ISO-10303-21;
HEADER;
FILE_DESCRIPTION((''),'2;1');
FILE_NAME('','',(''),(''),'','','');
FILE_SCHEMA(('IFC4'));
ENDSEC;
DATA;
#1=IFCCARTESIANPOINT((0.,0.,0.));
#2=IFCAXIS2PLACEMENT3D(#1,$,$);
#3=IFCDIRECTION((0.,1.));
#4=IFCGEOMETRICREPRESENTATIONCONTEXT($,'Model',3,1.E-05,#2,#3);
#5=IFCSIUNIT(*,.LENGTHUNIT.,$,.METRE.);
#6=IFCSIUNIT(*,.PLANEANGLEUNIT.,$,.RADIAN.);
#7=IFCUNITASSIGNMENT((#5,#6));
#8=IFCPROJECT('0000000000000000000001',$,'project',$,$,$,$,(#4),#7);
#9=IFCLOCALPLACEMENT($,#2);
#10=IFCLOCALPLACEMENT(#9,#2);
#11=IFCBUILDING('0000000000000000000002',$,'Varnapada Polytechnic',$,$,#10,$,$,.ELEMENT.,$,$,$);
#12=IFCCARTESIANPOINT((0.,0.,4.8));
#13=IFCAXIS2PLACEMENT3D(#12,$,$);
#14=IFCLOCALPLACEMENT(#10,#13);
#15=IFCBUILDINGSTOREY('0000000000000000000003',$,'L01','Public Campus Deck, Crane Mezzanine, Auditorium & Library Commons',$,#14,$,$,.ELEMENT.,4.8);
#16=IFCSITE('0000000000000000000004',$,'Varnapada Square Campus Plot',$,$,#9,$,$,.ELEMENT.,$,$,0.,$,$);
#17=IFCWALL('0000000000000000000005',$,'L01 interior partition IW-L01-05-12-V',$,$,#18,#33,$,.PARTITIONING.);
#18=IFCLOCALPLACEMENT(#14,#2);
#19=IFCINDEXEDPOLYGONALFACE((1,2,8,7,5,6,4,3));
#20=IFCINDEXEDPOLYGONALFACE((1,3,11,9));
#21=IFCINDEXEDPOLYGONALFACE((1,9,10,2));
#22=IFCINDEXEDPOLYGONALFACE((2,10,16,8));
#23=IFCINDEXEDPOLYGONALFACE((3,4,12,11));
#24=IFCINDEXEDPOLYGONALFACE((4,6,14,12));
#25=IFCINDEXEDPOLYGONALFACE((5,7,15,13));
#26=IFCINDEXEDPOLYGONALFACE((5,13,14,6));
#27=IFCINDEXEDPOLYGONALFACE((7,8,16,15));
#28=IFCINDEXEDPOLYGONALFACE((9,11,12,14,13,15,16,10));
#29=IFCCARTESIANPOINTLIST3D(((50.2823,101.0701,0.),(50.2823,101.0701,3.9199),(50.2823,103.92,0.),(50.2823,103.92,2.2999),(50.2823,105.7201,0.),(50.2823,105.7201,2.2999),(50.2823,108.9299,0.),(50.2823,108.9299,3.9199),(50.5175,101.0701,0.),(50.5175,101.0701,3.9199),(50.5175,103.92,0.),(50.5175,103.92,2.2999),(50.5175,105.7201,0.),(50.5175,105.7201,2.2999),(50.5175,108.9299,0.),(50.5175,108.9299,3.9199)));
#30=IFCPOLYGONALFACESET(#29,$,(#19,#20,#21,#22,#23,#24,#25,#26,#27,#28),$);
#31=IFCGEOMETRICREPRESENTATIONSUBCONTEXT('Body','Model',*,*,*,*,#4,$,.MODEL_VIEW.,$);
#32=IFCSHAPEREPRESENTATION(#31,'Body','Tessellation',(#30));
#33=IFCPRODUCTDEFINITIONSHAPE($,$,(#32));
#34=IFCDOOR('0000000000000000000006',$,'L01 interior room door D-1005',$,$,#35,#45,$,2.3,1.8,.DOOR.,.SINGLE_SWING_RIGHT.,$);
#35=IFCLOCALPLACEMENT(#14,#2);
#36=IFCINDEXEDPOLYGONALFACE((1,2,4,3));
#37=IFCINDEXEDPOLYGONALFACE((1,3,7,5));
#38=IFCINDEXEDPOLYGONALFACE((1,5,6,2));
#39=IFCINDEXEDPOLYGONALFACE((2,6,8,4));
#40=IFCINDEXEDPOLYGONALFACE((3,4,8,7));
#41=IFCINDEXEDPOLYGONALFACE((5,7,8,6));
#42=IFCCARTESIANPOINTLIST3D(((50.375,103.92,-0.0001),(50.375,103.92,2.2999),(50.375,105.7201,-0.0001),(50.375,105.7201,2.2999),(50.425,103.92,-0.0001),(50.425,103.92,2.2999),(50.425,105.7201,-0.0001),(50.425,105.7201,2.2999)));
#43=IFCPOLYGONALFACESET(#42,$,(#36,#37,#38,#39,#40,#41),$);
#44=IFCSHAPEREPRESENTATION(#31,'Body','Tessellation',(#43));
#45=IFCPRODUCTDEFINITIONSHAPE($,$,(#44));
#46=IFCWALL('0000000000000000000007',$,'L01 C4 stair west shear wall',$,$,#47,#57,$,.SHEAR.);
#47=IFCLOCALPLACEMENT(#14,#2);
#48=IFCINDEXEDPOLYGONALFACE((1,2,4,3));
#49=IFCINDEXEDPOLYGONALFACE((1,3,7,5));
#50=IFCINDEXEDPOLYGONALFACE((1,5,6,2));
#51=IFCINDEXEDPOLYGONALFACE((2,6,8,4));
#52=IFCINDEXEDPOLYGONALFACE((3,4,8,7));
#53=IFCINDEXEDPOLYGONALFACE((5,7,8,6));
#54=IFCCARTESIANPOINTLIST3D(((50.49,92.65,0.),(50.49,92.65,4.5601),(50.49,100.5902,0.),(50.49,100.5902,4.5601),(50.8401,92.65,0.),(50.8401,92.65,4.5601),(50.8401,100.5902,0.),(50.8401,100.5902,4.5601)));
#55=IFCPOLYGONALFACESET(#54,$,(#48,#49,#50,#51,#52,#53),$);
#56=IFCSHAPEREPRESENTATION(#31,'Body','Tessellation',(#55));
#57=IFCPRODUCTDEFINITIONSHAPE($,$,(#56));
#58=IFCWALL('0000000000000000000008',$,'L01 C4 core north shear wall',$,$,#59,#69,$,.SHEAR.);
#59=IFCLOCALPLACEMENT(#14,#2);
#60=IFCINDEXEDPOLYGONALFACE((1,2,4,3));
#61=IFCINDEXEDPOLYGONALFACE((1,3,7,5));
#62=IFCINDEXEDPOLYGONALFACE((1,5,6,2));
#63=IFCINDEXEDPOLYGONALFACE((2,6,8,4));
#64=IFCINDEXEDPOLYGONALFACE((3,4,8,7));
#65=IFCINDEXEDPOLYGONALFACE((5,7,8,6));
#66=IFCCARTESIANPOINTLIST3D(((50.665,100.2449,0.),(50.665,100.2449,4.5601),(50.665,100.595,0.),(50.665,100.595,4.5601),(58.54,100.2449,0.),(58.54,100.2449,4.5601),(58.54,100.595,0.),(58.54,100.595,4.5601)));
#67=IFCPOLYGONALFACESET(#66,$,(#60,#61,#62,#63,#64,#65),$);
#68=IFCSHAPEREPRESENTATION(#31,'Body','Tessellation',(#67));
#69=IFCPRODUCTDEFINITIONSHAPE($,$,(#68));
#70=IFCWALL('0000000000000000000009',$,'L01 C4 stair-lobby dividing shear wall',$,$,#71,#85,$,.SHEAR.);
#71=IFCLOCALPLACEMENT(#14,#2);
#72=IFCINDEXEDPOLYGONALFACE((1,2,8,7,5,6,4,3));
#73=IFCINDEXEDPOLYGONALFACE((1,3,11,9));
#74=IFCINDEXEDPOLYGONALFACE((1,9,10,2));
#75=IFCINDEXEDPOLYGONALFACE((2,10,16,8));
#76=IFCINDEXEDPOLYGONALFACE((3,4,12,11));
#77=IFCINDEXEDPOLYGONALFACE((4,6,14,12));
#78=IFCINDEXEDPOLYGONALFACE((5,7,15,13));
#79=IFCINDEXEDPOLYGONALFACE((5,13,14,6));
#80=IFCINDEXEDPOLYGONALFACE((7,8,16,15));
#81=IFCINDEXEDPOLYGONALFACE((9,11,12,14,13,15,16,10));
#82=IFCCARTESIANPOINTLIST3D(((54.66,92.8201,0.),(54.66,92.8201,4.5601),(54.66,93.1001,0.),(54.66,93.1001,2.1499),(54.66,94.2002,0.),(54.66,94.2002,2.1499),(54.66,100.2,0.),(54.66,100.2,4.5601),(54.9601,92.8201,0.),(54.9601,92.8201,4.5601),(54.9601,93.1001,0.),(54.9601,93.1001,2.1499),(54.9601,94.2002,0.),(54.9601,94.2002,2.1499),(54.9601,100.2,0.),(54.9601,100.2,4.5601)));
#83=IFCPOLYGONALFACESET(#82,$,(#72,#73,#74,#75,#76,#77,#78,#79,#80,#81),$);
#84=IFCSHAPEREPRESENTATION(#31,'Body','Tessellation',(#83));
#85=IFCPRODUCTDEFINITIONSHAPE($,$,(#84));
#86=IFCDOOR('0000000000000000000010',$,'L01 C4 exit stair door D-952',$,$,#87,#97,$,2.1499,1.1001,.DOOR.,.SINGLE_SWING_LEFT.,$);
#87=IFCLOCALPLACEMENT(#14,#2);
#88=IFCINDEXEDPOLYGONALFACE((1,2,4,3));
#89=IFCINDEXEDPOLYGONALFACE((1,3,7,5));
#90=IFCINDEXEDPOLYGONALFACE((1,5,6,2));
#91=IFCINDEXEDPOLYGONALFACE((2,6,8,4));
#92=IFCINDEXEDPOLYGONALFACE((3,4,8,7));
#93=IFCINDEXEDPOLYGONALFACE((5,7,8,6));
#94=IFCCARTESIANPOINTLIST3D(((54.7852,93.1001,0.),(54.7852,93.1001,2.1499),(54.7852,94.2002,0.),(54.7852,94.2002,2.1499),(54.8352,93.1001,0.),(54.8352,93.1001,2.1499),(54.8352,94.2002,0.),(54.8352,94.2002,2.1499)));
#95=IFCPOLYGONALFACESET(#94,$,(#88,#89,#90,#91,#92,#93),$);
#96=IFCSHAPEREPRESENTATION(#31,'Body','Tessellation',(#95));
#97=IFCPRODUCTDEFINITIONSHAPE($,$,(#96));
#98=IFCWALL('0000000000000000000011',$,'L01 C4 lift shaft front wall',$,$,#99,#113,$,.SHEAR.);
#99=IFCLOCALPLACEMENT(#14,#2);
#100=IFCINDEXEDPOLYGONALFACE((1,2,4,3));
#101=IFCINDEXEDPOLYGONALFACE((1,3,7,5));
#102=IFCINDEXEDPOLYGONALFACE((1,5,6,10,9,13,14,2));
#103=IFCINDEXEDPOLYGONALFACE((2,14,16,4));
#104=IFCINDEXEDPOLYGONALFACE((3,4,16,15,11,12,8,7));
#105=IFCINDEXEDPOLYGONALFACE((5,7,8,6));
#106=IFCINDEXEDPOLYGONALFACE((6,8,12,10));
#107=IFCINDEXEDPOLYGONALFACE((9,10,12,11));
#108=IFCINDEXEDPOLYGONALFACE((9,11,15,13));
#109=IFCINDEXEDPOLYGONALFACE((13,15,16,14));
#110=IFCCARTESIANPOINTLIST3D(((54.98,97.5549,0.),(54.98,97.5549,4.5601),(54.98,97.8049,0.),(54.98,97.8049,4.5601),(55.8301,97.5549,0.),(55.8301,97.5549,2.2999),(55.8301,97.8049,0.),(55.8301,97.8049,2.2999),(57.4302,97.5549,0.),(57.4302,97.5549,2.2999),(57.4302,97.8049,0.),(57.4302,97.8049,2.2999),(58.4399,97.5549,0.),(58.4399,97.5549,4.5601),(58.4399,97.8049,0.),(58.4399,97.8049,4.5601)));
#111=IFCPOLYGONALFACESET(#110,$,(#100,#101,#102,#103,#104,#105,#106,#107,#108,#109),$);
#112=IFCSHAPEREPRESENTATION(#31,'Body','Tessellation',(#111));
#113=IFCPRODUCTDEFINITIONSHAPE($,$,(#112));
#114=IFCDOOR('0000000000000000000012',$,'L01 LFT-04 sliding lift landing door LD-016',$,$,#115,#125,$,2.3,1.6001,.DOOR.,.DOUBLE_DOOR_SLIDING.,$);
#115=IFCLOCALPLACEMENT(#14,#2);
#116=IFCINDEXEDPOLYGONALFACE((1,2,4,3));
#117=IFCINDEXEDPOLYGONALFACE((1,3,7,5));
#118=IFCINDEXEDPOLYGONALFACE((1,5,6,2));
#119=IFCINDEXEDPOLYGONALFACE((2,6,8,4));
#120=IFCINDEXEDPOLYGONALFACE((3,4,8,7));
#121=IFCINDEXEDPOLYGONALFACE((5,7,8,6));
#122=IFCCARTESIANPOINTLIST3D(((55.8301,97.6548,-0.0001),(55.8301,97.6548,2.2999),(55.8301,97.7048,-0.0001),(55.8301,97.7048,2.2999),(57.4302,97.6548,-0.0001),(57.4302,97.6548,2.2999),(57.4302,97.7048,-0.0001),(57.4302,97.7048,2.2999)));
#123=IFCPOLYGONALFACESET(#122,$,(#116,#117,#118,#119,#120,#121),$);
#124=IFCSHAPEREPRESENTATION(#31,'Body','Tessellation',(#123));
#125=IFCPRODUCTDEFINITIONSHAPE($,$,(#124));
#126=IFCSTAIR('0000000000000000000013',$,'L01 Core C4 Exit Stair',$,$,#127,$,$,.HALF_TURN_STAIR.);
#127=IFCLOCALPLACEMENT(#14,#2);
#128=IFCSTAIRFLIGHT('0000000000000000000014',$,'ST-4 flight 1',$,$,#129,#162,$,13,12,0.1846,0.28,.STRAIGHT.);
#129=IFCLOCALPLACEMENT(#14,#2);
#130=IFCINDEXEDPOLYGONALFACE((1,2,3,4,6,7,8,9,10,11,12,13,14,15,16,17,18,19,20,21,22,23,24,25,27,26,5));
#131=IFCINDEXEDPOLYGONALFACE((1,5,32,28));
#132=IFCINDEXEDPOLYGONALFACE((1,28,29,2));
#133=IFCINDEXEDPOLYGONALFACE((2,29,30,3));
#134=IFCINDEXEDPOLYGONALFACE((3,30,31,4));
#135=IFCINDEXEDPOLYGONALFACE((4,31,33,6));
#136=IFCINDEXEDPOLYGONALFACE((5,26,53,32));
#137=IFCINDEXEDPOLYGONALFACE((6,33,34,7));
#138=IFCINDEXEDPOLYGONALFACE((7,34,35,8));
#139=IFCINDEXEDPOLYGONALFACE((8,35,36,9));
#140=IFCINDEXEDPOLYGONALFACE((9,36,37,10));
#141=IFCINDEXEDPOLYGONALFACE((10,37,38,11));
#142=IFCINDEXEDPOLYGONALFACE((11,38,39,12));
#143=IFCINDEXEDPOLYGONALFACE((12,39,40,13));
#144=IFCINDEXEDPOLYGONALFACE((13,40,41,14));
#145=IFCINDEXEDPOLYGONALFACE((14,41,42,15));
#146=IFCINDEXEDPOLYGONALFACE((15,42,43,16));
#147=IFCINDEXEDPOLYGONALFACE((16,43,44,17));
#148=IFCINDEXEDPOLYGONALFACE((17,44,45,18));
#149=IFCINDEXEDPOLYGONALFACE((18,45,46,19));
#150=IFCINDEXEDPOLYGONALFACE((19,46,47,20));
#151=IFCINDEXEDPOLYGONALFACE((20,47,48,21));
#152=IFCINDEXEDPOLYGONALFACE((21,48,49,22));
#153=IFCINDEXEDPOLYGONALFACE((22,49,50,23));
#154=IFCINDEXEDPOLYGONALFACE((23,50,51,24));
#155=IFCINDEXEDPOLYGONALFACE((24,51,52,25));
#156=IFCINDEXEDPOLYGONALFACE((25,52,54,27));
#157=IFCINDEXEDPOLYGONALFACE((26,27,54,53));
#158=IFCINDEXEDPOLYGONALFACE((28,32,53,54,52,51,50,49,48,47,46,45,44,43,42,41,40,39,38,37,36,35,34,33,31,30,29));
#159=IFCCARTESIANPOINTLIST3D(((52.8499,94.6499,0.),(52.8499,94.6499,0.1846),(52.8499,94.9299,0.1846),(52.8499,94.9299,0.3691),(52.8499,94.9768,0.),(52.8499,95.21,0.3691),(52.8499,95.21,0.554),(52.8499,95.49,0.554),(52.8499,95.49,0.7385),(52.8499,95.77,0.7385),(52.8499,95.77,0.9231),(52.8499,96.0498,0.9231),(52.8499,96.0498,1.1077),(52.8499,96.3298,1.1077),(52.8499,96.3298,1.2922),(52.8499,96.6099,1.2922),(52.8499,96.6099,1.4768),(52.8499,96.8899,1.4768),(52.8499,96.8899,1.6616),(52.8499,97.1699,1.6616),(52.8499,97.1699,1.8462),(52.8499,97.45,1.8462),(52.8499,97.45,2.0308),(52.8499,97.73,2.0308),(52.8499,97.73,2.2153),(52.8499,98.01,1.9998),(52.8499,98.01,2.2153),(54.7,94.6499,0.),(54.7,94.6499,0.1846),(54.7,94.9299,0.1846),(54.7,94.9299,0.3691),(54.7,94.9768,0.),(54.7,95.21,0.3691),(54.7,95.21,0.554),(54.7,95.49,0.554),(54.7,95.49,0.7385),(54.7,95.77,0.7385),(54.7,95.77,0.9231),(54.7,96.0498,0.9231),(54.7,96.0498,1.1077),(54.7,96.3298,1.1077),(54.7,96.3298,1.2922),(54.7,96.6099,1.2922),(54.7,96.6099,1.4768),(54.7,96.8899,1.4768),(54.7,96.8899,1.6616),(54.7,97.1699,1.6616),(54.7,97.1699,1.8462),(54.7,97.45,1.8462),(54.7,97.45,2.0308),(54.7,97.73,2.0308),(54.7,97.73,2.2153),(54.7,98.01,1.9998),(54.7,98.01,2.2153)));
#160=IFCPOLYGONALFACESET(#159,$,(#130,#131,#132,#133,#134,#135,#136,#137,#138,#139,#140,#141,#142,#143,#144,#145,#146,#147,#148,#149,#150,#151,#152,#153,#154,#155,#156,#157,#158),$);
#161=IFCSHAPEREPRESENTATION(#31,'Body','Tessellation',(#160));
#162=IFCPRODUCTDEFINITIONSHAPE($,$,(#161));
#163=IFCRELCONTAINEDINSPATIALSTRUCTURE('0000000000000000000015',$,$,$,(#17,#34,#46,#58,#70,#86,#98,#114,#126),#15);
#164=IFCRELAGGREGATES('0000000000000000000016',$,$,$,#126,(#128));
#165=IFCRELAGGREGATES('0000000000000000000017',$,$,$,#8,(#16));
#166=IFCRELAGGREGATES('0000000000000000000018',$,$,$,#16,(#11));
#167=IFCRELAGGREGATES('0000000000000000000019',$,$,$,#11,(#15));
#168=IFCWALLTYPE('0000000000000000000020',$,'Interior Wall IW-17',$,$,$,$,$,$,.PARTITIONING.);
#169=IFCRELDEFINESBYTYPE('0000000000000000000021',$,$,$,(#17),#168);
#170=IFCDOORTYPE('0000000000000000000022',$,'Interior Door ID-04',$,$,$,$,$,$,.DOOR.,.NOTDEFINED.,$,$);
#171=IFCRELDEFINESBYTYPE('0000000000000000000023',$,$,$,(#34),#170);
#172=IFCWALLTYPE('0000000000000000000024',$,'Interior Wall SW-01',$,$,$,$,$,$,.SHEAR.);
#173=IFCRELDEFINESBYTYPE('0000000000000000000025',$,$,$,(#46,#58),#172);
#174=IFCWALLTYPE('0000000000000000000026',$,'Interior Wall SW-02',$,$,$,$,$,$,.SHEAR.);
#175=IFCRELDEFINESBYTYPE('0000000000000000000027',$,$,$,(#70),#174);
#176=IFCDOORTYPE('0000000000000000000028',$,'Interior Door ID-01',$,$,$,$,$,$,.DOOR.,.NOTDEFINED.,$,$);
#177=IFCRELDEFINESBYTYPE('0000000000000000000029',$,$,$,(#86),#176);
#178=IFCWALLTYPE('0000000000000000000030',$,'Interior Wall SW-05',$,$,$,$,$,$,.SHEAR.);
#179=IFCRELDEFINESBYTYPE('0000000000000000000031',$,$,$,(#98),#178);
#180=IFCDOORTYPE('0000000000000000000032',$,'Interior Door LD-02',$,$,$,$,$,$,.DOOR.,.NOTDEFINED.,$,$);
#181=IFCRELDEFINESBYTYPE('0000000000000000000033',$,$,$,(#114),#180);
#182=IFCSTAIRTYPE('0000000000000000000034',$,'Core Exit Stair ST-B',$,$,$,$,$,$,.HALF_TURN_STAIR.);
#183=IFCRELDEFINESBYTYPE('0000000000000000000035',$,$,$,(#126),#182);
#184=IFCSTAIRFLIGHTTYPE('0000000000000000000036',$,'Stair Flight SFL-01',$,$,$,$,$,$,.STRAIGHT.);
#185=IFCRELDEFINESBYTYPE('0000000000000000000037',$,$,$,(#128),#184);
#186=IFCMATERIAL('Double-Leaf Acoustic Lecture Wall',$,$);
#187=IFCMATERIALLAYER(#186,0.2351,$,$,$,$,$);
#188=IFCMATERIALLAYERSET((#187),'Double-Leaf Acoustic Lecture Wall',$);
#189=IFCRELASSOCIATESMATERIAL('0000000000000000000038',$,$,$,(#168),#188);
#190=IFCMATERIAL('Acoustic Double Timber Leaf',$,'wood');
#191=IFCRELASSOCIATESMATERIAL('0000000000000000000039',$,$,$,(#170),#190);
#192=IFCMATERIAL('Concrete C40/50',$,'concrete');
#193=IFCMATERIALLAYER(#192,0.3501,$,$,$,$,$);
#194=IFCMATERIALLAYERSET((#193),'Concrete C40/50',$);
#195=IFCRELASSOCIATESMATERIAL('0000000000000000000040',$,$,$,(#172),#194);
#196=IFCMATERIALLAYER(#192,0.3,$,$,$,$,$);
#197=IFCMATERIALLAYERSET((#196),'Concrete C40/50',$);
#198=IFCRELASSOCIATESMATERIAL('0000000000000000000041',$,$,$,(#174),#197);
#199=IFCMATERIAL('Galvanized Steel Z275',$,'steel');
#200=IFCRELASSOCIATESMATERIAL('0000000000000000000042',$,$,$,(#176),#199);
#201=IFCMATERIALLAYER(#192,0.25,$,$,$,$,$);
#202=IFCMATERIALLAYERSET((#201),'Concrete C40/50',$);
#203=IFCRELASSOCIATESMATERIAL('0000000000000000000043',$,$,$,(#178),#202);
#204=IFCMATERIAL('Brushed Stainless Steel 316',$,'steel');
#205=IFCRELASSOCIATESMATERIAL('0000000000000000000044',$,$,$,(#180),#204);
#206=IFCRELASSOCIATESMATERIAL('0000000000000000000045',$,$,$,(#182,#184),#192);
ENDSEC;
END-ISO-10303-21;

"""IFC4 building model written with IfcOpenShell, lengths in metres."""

from ifc_helpers import new_model, si_unit, direction, frame, frame_2d, origin, place, context, subcontext, project, spatial, polyline, rectangle, outline, extrude, material, layer, layer_set, type_object, element, fill, aggregate, save


model = new_model("IFC4")

# Units and contexts
model_context = context("Model", 3, precision=1e-05, world=origin(), true_north=direction((0.0, 1.0)))
body_context = subcontext(model_context, "Body", "Model", "MODEL_VIEW")
ifc_project = project(units=[si_unit("LENGTHUNIT", "METRE"), si_unit("PLANEANGLEUNIT", "RADIAN")], contexts=[model_context])

# Site, building, storey
site_placement = place(None, origin())
site = spatial("IfcSite", under=ifc_project, at=site_placement, Name="Varnapada Square Campus Plot", CompositionType="ELEMENT", RefElevation=0.0)
building_placement = place(site_placement, origin())
building = spatial("IfcBuilding", under=site, at=building_placement, Name="Varnapada Polytechnic", CompositionType="ELEMENT")
storey_placement = place(building_placement, frame((0.0, 0.0, 4.8)))
storey = spatial("IfcBuildingStorey", under=building, at=storey_placement, Name="L01", Description="Public Campus Deck, Crane Mezzanine, Auditorium & Library Commons", CompositionType="ELEMENT", Elevation=4.8)

# Wall, opening, door
ifc_material_1 = material(Name="Double-Leaf Acoustic Lecture Wall")
ifc_layer_1 = layer(ifc_material_1, 0.2351)
ifc_layer_set_1 = layer_set([ifc_layer_1], Name="Double-Leaf Acoustic Lecture Wall")
wall_type_1 = type_object("IfcWallType", Name="Interior Wall IW-17", PredefinedType="PARTITIONING", material=ifc_layer_set_1)
wall_1_placement = place(storey_placement, frame((50.3999, 101.0701, 0.0), z_axis=(0.0, 0.0, 1.0), x_axis=(0.0, 1.0, 0.0)))
wall_1 = element("IfcWall", 1, at=wall_1_placement, inside=storey, type_object=wall_type_1, Name="L01 interior partition IW-L01-05-12-V", PredefinedType="PARTITIONING", context=body_context, shape_type="SweptSolid", body=[
    extrude(rectangle(XDim=7.8599, YDim=0.2351, at=frame_2d((3.9299, 0.0))), origin(), (0.0, 0.0, 1.0), 3.9199),
])
opening_1_placement = place(wall_1_placement, frame((2.8501, 0.0, 0.0)))
opening_1 = element("IfcOpeningElement", 2, at=opening_1_placement, cuts=wall_1, PredefinedType="OPENING", context=body_context, shape_type="SweptSolid", body=[
    extrude(rectangle(XDim=1.8, YDim=2.3, at=frame_2d((0.8999, 1.1499))), frame((0.0, 0.1274, 0.0), z_axis=(0.0, -1.0, 0.0), x_axis=(1.0, 0.0, 0.0)), (0.0, 0.0, 1.0), 0.2551),
])
ifc_material_2 = material(Name="Acoustic Double Timber Leaf", Category="wood")
door_type_1 = type_object("IfcDoorType", Name="Interior Door ID-04", OperationType="NOTDEFINED", PredefinedType="DOOR", material=ifc_material_2)
door_1_placement = place(opening_1_placement, origin())
door_1 = element("IfcDoor", 3, at=door_1_placement, inside=storey, type_object=door_type_1, Name="L01 interior room door D-1005", OperationType="SINGLE_SWING_RIGHT", OverallHeight=2.3, OverallWidth=1.8, PredefinedType="DOOR", context=body_context, shape_type="SweptSolid", body=[
    extrude(rectangle(XDim=1.8, YDim=2.3, at=frame_2d((0.8999, 1.1499))), frame((0.0, 0.0249, 0.0), z_axis=(0.0, -1.0, 0.0), x_axis=(1.0, 0.0, 0.0)), (0.0, 0.0, 1.0), 0.05),
])
fill(opening_1, door_1)

# Walls
ifc_material_3 = material(Name="Concrete C40/50", Category="concrete")
ifc_layer_2 = layer(ifc_material_3, 0.3501)
ifc_layer_set_2 = layer_set([ifc_layer_2], Name="Concrete C40/50")
wall_type_2 = type_object("IfcWallType", Name="Interior Wall SW-01", PredefinedType="SHEAR", material=ifc_layer_set_2)
wall_2_placement = place(storey_placement, frame((50.665, 92.6499, 0.0), z_axis=(0.0, 0.0, 1.0), x_axis=(0.0, 1.0, 0.0)))
element("IfcWall", 4, at=wall_2_placement, inside=storey, type_object=wall_type_2, Name="L01 C4 stair west shear wall", PredefinedType="SHEAR", context=body_context, shape_type="SweptSolid", body=[
    extrude(rectangle(XDim=7.9402, YDim=0.3501, at=frame_2d((3.9702, 0.0))), origin(), (0.0, 0.0, 1.0), 4.5601),
])
wall_3_placement = place(storey_placement, frame((50.665, 100.4199, 0.0), z_axis=(0.0, 0.0, 1.0), x_axis=(1.0, 0.0, 0.0)))
element("IfcWall", 5, at=wall_3_placement, inside=storey, type_object=wall_type_2, Name="L01 C4 core north shear wall", PredefinedType="SHEAR", context=body_context, shape_type="SweptSolid", body=[
    extrude(rectangle(XDim=7.875, YDim=0.3501, at=frame_2d((3.9375, 0.0))), origin(), (0.0, 0.0, 1.0), 4.5601),
])

# Walls, openings, doors
ifc_layer_3 = layer(ifc_material_3, 0.3)
ifc_layer_set_3 = layer_set([ifc_layer_3], Name="Concrete C40/50")
wall_type_3 = type_object("IfcWallType", Name="Interior Wall SW-02", PredefinedType="SHEAR", material=ifc_layer_set_3)
wall_4_placement = place(storey_placement, frame((54.8101, 92.8201, 0.0), z_axis=(0.0, 0.0, 1.0), x_axis=(0.0, 1.0, 0.0)))
wall_4 = element("IfcWall", 6, at=wall_4_placement, inside=storey, type_object=wall_type_3, Name="L01 C4 stair-lobby dividing shear wall", PredefinedType="SHEAR", context=body_context, shape_type="SweptSolid", body=[
    extrude(rectangle(XDim=7.3799, YDim=0.3, at=frame_2d((3.6899, 0.0))), origin(), (0.0, 0.0, 1.0), 4.5601),
])
opening_2_placement = place(wall_4_placement, frame((0.28, 0.0, 0.0)))
opening_2 = element("IfcOpeningElement", 7, at=opening_2_placement, cuts=wall_4, PredefinedType="OPENING", context=body_context, shape_type="SweptSolid", body=[
    extrude(rectangle(XDim=1.1001, YDim=2.1499, at=frame_2d((0.55, 1.075))), frame((0.0, 0.1599, 0.0), z_axis=(0.0, -1.0, 0.0), x_axis=(1.0, 0.0, 0.0)), (0.0, 0.0, 1.0), 0.3201),
])
ifc_material_4 = material(Name="Galvanized Steel Z275", Category="steel")
door_type_2 = type_object("IfcDoorType", Name="Interior Door ID-01", OperationType="NOTDEFINED", PredefinedType="DOOR", material=ifc_material_4)
door_2_placement = place(opening_2_placement, origin())
door_2 = element("IfcDoor", 8, at=door_2_placement, inside=storey, type_object=door_type_2, Name="L01 C4 exit stair door D-952", OperationType="SINGLE_SWING_LEFT", OverallHeight=2.1499, OverallWidth=1.1001, PredefinedType="DOOR", context=body_context, shape_type="SweptSolid", body=[
    extrude(rectangle(XDim=1.1001, YDim=2.1499, at=frame_2d((0.55, 1.075))), frame((0.0, 0.0249, 0.0), z_axis=(0.0, -1.0, 0.0), x_axis=(1.0, 0.0, 0.0)), (0.0, 0.0, 1.0), 0.05),
])
fill(opening_2, door_2)
ifc_layer_4 = layer(ifc_material_3, 0.25)
ifc_layer_set_4 = layer_set([ifc_layer_4], Name="Concrete C40/50")
wall_type_4 = type_object("IfcWallType", Name="Interior Wall SW-05", PredefinedType="SHEAR", material=ifc_layer_set_4)
wall_5_placement = place(storey_placement, frame((54.98, 97.6799, 0.0), z_axis=(0.0, 0.0, 1.0), x_axis=(1.0, 0.0, 0.0)))
wall_5 = element("IfcWall", 9, at=wall_5_placement, inside=storey, type_object=wall_type_4, Name="L01 C4 lift shaft front wall", PredefinedType="SHEAR", context=body_context, shape_type="SweptSolid", body=[
    extrude(rectangle(XDim=3.46, YDim=0.25, at=frame_2d((1.73, 0.0))), origin(), (0.0, 0.0, 1.0), 4.5601),
])
opening_3_placement = place(wall_5_placement, frame((0.8501, 0.0, 0.0)))
opening_3 = element("IfcOpeningElement", 10, at=opening_3_placement, cuts=wall_5, PredefinedType="OPENING", context=body_context, shape_type="SweptSolid", body=[
    extrude(rectangle(XDim=1.6001, YDim=2.3, at=frame_2d((0.8, 1.1499))), frame((0.0, 0.135, 0.0), z_axis=(0.0, -1.0, 0.0), x_axis=(1.0, 0.0, 0.0)), (0.0, 0.0, 1.0), 0.27),
])
ifc_material_5 = material(Name="Brushed Stainless Steel 316", Category="steel")
door_type_3 = type_object("IfcDoorType", Name="Interior Door LD-02", OperationType="NOTDEFINED", PredefinedType="DOOR", material=ifc_material_5)
door_3_placement = place(opening_3_placement, origin())
door_3 = element("IfcDoor", 11, at=door_3_placement, inside=storey, type_object=door_type_3, Name="L01 LFT-04 sliding lift landing door LD-016", OperationType="DOUBLE_DOOR_SLIDING", OverallHeight=2.3, OverallWidth=1.6001, PredefinedType="DOOR", context=body_context, shape_type="SweptSolid", body=[
    extrude(rectangle(XDim=1.6001, YDim=2.3, at=frame_2d((0.8, 1.1499))), frame((0.0, 0.0249, 0.0), z_axis=(0.0, -1.0, 0.0), x_axis=(1.0, 0.0, 0.0)), (0.0, 0.0, 1.0), 0.05),
])
fill(opening_3, door_3)

# Stair, stair flight
stair_type = type_object("IfcStairType", Name="Core Exit Stair ST-B", PredefinedType="HALF_TURN_STAIR", material=ifc_material_3)
stair_placement = place(storey_placement, origin())
stair = element("IfcStair", 12, at=stair_placement, inside=storey, type_object=stair_type, Name="L01 Core C4 Exit Stair", PredefinedType="HALF_TURN_STAIR")
stair_flight_type = type_object("IfcStairFlightType", Name="Stair Flight SFL-01", PredefinedType="STRAIGHT", material=ifc_material_3)
stair_flight_1_placement = place(storey_placement, frame((53.7749, 94.6499, 0.0), z_axis=(0.0, 0.0, 1.0), x_axis=(0.0, 1.0, 0.0)))
stair_flight_1 = element("IfcStairFlight", 13, at=stair_flight_1_placement, type_object=stair_flight_type, Name="ST-4 flight 1", NumberOfRisers=13, NumberOfTreads=12, PredefinedType="STRAIGHT", RiserHeight=0.1846, TreadLength=0.28, context=body_context, shape_type="SweptSolid", body=[
    extrude(outline(polyline([(0.0, 0.0), (0.0, 0.1846), (0.28, 0.1846), (0.28, 0.3691), (0.5601, 0.3691), (0.5601, 0.554), (0.8401, 0.554), (0.8401, 0.7385), (1.1201, 0.7385), (1.1201, 0.9231), (1.3999, 0.9231), (1.3999, 1.1077), (1.6799, 1.1077), (1.6799, 1.2922), (1.96, 1.2922), (1.96, 1.4768), (2.24, 1.4768), (2.24, 1.6616), (2.52, 1.6616), (2.52, 1.8462), (2.8, 1.8462), (2.8, 2.0308), (3.0801, 2.0308), (3.0801, 2.2153), (3.3601, 2.2153), (3.3601, 2.3999), (3.3601, 1.9998), (0.3269, 0.0), (0.0, 0.0)])), frame((0.0, 0.925, 0.0), z_axis=(0.0, -1.0, 0.0), x_axis=(1.0, 0.0, 0.0)), (0.0, 0.0, 1.0), 1.8501),
])
aggregate(stair, [stair_flight_1])

save(model, "model.ifc")
